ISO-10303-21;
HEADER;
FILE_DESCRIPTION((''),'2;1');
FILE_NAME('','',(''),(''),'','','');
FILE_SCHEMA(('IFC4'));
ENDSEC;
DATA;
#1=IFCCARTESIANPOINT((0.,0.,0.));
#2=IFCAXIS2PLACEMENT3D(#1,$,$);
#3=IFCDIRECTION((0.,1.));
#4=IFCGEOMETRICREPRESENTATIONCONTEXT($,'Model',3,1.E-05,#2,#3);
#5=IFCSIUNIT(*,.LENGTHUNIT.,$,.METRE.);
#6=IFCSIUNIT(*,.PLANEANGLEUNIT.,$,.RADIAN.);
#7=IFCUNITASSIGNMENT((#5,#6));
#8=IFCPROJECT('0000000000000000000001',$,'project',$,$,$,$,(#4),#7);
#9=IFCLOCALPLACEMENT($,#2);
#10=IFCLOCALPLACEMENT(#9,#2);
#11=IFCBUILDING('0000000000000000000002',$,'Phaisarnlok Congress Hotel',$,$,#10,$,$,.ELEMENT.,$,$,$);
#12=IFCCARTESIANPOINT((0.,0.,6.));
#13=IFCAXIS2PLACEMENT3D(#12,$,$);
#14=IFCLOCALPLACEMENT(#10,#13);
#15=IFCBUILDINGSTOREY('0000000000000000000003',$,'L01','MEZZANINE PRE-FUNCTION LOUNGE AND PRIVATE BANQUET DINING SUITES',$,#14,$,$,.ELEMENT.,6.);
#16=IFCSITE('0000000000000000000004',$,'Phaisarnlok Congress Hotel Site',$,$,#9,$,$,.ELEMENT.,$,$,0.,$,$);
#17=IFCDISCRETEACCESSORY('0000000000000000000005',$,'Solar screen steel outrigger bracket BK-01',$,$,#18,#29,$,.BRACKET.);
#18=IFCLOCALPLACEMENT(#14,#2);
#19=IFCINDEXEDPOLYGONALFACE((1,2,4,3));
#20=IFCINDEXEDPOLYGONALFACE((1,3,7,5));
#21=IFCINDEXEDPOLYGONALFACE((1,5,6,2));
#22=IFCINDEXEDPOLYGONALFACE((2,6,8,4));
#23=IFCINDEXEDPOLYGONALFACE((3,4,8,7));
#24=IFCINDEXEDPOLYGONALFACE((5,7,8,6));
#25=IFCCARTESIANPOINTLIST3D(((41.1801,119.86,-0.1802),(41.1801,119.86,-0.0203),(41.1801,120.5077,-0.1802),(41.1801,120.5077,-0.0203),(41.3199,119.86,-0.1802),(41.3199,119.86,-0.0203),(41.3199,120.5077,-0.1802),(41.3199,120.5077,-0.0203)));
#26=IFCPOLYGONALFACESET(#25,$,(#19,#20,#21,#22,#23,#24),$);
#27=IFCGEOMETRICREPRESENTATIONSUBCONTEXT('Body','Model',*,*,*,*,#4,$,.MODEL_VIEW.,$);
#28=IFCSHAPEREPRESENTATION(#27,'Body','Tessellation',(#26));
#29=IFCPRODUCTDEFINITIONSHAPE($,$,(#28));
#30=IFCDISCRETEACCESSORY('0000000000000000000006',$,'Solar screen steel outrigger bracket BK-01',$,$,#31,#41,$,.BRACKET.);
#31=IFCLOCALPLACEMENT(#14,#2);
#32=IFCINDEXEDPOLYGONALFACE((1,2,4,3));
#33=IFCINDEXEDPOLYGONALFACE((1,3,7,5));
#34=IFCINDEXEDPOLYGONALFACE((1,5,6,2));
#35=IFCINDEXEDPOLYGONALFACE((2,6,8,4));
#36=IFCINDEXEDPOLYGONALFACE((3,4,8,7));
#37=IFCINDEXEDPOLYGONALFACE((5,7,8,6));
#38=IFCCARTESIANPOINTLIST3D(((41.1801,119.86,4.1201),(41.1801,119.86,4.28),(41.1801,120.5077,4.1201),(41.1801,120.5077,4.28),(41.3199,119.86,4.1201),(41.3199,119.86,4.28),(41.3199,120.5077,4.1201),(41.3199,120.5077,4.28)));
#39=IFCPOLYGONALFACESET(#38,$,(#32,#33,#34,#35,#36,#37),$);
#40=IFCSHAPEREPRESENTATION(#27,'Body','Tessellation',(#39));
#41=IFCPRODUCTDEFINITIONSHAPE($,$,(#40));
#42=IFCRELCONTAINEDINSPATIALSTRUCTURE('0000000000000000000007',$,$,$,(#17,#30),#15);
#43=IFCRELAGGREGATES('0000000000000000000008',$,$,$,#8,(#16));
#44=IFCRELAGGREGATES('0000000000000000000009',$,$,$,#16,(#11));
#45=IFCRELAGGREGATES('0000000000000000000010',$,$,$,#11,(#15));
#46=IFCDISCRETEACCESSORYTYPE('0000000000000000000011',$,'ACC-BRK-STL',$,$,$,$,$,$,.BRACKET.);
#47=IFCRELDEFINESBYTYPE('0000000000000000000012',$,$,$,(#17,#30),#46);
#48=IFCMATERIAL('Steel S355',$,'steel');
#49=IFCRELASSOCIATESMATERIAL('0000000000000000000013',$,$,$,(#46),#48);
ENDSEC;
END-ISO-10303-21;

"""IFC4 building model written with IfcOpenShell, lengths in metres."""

from ifc_helpers import new_model, si_unit, direction, frame, origin, origin_2d, place, context, subcontext, project, spatial, rectangle, extrude, material, type_object, element, save


model = new_model("IFC4")

# Units and contexts
model_context = context("Model", 3, precision=1e-05, world=origin(), true_north=direction((0.0, 1.0)))
body_context = subcontext(model_context, "Body", "Model", "MODEL_VIEW")
ifc_project = project(units=[si_unit("LENGTHUNIT", "METRE"), si_unit("PLANEANGLEUNIT", "RADIAN")], contexts=[model_context])

# Site, building, storey
site_placement = place(None, origin())
site = spatial("IfcSite", under=ifc_project, at=site_placement, Name="Phaisarnlok Congress Hotel Site", CompositionType="ELEMENT", RefElevation=0.0)
building_placement = place(site_placement, origin())
building = spatial("IfcBuilding", under=site, at=building_placement, Name="Phaisarnlok Congress Hotel", CompositionType="ELEMENT")
storey_placement = place(building_placement, frame((0.0, 0.0, 6.0)))
storey = spatial("IfcBuildingStorey", under=building, at=storey_placement, Name="L01", Description="MEZZANINE PRE-FUNCTION LOUNGE AND PRIVATE BANQUET DINING SUITES", CompositionType="ELEMENT", Elevation=6.0)

# Discrete accessories
ifc_material_1 = material(Name="Steel S355", Category="steel")
discrete_accessory_type = type_object("IfcDiscreteAccessoryType", Name="ACC-BRK-STL", PredefinedType="BRACKET", material=ifc_material_1)
for number, where, z_axis, x_axis, name in (
    (1, (41.25, 120.1838, -0.1802), (0.0, 0.0, 1.0), (1.0, 0.0, 0.0), "Solar screen steel outrigger bracket BK-01"),
    (2, (41.25, 120.1838, 4.1201), (0.0, 0.0, 1.0), (1.0, 0.0, 0.0), "Solar screen steel outrigger bracket BK-01"),
):
    element("IfcDiscreteAccessory", number, at=place(storey_placement, frame(where, z_axis=z_axis, x_axis=x_axis)), inside=storey, type_object=discrete_accessory_type, Name=name, PredefinedType="BRACKET", context=body_context, shape_type="SweptSolid", body=[
        extrude(rectangle(XDim=0.1399, YDim=0.6477, at=origin_2d()), origin(), (0.0, 0.0, 1.0), 0.1599),
    ])

save(model, "model.ifc")
